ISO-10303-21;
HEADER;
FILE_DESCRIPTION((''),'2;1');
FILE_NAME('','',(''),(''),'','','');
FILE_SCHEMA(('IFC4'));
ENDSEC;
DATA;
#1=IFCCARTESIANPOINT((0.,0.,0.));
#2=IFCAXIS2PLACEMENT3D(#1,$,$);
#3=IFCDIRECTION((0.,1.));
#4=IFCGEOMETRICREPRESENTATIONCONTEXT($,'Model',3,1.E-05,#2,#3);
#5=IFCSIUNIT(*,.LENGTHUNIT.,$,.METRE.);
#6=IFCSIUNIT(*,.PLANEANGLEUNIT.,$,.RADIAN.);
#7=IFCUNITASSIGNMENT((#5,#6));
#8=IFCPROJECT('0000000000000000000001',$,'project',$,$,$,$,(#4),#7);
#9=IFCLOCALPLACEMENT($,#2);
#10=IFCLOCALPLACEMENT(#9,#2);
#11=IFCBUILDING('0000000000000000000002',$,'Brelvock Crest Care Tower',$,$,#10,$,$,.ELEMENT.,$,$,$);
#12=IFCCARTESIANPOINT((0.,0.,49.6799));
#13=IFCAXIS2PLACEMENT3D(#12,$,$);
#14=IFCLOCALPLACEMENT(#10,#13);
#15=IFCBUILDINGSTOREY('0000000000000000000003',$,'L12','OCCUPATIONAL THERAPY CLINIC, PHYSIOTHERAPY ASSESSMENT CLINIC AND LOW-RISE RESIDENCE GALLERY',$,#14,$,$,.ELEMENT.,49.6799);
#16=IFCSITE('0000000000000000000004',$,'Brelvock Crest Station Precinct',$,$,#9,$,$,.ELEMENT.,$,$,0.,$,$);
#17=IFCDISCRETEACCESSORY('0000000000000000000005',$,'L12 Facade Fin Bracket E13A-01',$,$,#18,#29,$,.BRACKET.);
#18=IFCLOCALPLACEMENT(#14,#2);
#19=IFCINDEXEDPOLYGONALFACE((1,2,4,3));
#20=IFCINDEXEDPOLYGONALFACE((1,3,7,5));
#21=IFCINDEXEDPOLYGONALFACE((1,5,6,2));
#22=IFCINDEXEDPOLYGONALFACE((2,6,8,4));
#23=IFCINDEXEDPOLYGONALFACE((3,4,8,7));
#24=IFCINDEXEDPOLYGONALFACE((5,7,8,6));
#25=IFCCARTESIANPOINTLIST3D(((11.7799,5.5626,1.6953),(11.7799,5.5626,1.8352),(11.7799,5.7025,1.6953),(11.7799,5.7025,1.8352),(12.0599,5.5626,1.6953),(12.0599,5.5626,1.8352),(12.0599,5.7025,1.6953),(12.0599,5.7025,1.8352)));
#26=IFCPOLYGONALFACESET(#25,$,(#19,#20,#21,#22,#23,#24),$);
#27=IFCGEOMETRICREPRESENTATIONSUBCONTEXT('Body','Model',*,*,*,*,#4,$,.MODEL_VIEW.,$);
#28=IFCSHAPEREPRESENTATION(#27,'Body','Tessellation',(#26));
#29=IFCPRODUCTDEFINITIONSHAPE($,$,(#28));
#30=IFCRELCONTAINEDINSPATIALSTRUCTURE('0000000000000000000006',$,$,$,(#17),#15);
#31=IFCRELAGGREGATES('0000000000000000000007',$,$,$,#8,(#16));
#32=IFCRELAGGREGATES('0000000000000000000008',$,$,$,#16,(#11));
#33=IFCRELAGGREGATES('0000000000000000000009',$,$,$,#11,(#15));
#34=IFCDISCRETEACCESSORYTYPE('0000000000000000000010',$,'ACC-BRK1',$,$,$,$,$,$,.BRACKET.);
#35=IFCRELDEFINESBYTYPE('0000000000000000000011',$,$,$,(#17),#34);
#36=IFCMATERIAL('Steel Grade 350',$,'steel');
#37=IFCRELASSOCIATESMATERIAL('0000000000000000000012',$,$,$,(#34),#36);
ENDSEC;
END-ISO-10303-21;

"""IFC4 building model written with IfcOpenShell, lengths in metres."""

from ifc_helpers import new_model, si_unit, direction, frame, origin, origin_2d, place, context, subcontext, project, spatial, rectangle, extrude, source, transform, mapped, material, type_object, element, save


model = new_model("IFC4")

# Units and contexts
model_context = context("Model", 3, precision=1e-05, world=origin(), true_north=direction((0.0, 1.0)))
body_context = subcontext(model_context, "Body", "Model", "MODEL_VIEW")
ifc_project = project(units=[si_unit("LENGTHUNIT", "METRE"), si_unit("PLANEANGLEUNIT", "RADIAN")], contexts=[model_context])

# Site, building, storey
site_placement = place(None, origin())
site = spatial("IfcSite", under=ifc_project, at=site_placement, Name="Brelvock Crest Station Precinct", CompositionType="ELEMENT", RefElevation=0.0)
building_placement = place(site_placement, origin())
building = spatial("IfcBuilding", under=site, at=building_placement, Name="Brelvock Crest Care Tower", CompositionType="ELEMENT")
storey_placement = place(building_placement, frame((0.0, 0.0, 49.6799)))
storey = spatial("IfcBuildingStorey", under=building, at=storey_placement, Name="L12", Description="OCCUPATIONAL THERAPY CLINIC, PHYSIOTHERAPY ASSESSMENT CLINIC AND LOW-RISE RESIDENCE GALLERY", CompositionType="ELEMENT", Elevation=49.6799)

# Discrete accessory
ifc_material_1 = material(Name="Steel Grade 350", Category="steel")
discrete_accessory_type = type_object("IfcDiscreteAccessoryType", Name="ACC-BRK1", PredefinedType="BRACKET", material=ifc_material_1)
shared_shape_1 = source(origin(), body_context, "Body", "SweptSolid", [
    extrude(rectangle(XDim=0.28, YDim=0.1399, at=origin_2d()), origin(), (0.0, 0.0, 1.0), 0.1399),
])
discrete_accessory_placement = place(storey_placement, frame((11.9199, 5.6326, 1.6953), z_axis=(0.0, 0.0, 1.0), x_axis=(-1.0, 0.0, 0.0)))
element("IfcDiscreteAccessory", 1, at=discrete_accessory_placement, inside=storey, type_object=discrete_accessory_type, Name="L12 Facade Fin Bracket E13A-01", PredefinedType="BRACKET", context=body_context, shape_type="MappedRepresentation", body=[
    mapped(shared_shape_1, transform((0.0, 0.0, 0.0), x_axis=(1.0, 0.0, 0.0), y_axis=(0.0, 1.0, 0.0), z_axis=(0.0, 0.0, 1.0), scale=1.0)),
])

save(model, "model.ifc")
